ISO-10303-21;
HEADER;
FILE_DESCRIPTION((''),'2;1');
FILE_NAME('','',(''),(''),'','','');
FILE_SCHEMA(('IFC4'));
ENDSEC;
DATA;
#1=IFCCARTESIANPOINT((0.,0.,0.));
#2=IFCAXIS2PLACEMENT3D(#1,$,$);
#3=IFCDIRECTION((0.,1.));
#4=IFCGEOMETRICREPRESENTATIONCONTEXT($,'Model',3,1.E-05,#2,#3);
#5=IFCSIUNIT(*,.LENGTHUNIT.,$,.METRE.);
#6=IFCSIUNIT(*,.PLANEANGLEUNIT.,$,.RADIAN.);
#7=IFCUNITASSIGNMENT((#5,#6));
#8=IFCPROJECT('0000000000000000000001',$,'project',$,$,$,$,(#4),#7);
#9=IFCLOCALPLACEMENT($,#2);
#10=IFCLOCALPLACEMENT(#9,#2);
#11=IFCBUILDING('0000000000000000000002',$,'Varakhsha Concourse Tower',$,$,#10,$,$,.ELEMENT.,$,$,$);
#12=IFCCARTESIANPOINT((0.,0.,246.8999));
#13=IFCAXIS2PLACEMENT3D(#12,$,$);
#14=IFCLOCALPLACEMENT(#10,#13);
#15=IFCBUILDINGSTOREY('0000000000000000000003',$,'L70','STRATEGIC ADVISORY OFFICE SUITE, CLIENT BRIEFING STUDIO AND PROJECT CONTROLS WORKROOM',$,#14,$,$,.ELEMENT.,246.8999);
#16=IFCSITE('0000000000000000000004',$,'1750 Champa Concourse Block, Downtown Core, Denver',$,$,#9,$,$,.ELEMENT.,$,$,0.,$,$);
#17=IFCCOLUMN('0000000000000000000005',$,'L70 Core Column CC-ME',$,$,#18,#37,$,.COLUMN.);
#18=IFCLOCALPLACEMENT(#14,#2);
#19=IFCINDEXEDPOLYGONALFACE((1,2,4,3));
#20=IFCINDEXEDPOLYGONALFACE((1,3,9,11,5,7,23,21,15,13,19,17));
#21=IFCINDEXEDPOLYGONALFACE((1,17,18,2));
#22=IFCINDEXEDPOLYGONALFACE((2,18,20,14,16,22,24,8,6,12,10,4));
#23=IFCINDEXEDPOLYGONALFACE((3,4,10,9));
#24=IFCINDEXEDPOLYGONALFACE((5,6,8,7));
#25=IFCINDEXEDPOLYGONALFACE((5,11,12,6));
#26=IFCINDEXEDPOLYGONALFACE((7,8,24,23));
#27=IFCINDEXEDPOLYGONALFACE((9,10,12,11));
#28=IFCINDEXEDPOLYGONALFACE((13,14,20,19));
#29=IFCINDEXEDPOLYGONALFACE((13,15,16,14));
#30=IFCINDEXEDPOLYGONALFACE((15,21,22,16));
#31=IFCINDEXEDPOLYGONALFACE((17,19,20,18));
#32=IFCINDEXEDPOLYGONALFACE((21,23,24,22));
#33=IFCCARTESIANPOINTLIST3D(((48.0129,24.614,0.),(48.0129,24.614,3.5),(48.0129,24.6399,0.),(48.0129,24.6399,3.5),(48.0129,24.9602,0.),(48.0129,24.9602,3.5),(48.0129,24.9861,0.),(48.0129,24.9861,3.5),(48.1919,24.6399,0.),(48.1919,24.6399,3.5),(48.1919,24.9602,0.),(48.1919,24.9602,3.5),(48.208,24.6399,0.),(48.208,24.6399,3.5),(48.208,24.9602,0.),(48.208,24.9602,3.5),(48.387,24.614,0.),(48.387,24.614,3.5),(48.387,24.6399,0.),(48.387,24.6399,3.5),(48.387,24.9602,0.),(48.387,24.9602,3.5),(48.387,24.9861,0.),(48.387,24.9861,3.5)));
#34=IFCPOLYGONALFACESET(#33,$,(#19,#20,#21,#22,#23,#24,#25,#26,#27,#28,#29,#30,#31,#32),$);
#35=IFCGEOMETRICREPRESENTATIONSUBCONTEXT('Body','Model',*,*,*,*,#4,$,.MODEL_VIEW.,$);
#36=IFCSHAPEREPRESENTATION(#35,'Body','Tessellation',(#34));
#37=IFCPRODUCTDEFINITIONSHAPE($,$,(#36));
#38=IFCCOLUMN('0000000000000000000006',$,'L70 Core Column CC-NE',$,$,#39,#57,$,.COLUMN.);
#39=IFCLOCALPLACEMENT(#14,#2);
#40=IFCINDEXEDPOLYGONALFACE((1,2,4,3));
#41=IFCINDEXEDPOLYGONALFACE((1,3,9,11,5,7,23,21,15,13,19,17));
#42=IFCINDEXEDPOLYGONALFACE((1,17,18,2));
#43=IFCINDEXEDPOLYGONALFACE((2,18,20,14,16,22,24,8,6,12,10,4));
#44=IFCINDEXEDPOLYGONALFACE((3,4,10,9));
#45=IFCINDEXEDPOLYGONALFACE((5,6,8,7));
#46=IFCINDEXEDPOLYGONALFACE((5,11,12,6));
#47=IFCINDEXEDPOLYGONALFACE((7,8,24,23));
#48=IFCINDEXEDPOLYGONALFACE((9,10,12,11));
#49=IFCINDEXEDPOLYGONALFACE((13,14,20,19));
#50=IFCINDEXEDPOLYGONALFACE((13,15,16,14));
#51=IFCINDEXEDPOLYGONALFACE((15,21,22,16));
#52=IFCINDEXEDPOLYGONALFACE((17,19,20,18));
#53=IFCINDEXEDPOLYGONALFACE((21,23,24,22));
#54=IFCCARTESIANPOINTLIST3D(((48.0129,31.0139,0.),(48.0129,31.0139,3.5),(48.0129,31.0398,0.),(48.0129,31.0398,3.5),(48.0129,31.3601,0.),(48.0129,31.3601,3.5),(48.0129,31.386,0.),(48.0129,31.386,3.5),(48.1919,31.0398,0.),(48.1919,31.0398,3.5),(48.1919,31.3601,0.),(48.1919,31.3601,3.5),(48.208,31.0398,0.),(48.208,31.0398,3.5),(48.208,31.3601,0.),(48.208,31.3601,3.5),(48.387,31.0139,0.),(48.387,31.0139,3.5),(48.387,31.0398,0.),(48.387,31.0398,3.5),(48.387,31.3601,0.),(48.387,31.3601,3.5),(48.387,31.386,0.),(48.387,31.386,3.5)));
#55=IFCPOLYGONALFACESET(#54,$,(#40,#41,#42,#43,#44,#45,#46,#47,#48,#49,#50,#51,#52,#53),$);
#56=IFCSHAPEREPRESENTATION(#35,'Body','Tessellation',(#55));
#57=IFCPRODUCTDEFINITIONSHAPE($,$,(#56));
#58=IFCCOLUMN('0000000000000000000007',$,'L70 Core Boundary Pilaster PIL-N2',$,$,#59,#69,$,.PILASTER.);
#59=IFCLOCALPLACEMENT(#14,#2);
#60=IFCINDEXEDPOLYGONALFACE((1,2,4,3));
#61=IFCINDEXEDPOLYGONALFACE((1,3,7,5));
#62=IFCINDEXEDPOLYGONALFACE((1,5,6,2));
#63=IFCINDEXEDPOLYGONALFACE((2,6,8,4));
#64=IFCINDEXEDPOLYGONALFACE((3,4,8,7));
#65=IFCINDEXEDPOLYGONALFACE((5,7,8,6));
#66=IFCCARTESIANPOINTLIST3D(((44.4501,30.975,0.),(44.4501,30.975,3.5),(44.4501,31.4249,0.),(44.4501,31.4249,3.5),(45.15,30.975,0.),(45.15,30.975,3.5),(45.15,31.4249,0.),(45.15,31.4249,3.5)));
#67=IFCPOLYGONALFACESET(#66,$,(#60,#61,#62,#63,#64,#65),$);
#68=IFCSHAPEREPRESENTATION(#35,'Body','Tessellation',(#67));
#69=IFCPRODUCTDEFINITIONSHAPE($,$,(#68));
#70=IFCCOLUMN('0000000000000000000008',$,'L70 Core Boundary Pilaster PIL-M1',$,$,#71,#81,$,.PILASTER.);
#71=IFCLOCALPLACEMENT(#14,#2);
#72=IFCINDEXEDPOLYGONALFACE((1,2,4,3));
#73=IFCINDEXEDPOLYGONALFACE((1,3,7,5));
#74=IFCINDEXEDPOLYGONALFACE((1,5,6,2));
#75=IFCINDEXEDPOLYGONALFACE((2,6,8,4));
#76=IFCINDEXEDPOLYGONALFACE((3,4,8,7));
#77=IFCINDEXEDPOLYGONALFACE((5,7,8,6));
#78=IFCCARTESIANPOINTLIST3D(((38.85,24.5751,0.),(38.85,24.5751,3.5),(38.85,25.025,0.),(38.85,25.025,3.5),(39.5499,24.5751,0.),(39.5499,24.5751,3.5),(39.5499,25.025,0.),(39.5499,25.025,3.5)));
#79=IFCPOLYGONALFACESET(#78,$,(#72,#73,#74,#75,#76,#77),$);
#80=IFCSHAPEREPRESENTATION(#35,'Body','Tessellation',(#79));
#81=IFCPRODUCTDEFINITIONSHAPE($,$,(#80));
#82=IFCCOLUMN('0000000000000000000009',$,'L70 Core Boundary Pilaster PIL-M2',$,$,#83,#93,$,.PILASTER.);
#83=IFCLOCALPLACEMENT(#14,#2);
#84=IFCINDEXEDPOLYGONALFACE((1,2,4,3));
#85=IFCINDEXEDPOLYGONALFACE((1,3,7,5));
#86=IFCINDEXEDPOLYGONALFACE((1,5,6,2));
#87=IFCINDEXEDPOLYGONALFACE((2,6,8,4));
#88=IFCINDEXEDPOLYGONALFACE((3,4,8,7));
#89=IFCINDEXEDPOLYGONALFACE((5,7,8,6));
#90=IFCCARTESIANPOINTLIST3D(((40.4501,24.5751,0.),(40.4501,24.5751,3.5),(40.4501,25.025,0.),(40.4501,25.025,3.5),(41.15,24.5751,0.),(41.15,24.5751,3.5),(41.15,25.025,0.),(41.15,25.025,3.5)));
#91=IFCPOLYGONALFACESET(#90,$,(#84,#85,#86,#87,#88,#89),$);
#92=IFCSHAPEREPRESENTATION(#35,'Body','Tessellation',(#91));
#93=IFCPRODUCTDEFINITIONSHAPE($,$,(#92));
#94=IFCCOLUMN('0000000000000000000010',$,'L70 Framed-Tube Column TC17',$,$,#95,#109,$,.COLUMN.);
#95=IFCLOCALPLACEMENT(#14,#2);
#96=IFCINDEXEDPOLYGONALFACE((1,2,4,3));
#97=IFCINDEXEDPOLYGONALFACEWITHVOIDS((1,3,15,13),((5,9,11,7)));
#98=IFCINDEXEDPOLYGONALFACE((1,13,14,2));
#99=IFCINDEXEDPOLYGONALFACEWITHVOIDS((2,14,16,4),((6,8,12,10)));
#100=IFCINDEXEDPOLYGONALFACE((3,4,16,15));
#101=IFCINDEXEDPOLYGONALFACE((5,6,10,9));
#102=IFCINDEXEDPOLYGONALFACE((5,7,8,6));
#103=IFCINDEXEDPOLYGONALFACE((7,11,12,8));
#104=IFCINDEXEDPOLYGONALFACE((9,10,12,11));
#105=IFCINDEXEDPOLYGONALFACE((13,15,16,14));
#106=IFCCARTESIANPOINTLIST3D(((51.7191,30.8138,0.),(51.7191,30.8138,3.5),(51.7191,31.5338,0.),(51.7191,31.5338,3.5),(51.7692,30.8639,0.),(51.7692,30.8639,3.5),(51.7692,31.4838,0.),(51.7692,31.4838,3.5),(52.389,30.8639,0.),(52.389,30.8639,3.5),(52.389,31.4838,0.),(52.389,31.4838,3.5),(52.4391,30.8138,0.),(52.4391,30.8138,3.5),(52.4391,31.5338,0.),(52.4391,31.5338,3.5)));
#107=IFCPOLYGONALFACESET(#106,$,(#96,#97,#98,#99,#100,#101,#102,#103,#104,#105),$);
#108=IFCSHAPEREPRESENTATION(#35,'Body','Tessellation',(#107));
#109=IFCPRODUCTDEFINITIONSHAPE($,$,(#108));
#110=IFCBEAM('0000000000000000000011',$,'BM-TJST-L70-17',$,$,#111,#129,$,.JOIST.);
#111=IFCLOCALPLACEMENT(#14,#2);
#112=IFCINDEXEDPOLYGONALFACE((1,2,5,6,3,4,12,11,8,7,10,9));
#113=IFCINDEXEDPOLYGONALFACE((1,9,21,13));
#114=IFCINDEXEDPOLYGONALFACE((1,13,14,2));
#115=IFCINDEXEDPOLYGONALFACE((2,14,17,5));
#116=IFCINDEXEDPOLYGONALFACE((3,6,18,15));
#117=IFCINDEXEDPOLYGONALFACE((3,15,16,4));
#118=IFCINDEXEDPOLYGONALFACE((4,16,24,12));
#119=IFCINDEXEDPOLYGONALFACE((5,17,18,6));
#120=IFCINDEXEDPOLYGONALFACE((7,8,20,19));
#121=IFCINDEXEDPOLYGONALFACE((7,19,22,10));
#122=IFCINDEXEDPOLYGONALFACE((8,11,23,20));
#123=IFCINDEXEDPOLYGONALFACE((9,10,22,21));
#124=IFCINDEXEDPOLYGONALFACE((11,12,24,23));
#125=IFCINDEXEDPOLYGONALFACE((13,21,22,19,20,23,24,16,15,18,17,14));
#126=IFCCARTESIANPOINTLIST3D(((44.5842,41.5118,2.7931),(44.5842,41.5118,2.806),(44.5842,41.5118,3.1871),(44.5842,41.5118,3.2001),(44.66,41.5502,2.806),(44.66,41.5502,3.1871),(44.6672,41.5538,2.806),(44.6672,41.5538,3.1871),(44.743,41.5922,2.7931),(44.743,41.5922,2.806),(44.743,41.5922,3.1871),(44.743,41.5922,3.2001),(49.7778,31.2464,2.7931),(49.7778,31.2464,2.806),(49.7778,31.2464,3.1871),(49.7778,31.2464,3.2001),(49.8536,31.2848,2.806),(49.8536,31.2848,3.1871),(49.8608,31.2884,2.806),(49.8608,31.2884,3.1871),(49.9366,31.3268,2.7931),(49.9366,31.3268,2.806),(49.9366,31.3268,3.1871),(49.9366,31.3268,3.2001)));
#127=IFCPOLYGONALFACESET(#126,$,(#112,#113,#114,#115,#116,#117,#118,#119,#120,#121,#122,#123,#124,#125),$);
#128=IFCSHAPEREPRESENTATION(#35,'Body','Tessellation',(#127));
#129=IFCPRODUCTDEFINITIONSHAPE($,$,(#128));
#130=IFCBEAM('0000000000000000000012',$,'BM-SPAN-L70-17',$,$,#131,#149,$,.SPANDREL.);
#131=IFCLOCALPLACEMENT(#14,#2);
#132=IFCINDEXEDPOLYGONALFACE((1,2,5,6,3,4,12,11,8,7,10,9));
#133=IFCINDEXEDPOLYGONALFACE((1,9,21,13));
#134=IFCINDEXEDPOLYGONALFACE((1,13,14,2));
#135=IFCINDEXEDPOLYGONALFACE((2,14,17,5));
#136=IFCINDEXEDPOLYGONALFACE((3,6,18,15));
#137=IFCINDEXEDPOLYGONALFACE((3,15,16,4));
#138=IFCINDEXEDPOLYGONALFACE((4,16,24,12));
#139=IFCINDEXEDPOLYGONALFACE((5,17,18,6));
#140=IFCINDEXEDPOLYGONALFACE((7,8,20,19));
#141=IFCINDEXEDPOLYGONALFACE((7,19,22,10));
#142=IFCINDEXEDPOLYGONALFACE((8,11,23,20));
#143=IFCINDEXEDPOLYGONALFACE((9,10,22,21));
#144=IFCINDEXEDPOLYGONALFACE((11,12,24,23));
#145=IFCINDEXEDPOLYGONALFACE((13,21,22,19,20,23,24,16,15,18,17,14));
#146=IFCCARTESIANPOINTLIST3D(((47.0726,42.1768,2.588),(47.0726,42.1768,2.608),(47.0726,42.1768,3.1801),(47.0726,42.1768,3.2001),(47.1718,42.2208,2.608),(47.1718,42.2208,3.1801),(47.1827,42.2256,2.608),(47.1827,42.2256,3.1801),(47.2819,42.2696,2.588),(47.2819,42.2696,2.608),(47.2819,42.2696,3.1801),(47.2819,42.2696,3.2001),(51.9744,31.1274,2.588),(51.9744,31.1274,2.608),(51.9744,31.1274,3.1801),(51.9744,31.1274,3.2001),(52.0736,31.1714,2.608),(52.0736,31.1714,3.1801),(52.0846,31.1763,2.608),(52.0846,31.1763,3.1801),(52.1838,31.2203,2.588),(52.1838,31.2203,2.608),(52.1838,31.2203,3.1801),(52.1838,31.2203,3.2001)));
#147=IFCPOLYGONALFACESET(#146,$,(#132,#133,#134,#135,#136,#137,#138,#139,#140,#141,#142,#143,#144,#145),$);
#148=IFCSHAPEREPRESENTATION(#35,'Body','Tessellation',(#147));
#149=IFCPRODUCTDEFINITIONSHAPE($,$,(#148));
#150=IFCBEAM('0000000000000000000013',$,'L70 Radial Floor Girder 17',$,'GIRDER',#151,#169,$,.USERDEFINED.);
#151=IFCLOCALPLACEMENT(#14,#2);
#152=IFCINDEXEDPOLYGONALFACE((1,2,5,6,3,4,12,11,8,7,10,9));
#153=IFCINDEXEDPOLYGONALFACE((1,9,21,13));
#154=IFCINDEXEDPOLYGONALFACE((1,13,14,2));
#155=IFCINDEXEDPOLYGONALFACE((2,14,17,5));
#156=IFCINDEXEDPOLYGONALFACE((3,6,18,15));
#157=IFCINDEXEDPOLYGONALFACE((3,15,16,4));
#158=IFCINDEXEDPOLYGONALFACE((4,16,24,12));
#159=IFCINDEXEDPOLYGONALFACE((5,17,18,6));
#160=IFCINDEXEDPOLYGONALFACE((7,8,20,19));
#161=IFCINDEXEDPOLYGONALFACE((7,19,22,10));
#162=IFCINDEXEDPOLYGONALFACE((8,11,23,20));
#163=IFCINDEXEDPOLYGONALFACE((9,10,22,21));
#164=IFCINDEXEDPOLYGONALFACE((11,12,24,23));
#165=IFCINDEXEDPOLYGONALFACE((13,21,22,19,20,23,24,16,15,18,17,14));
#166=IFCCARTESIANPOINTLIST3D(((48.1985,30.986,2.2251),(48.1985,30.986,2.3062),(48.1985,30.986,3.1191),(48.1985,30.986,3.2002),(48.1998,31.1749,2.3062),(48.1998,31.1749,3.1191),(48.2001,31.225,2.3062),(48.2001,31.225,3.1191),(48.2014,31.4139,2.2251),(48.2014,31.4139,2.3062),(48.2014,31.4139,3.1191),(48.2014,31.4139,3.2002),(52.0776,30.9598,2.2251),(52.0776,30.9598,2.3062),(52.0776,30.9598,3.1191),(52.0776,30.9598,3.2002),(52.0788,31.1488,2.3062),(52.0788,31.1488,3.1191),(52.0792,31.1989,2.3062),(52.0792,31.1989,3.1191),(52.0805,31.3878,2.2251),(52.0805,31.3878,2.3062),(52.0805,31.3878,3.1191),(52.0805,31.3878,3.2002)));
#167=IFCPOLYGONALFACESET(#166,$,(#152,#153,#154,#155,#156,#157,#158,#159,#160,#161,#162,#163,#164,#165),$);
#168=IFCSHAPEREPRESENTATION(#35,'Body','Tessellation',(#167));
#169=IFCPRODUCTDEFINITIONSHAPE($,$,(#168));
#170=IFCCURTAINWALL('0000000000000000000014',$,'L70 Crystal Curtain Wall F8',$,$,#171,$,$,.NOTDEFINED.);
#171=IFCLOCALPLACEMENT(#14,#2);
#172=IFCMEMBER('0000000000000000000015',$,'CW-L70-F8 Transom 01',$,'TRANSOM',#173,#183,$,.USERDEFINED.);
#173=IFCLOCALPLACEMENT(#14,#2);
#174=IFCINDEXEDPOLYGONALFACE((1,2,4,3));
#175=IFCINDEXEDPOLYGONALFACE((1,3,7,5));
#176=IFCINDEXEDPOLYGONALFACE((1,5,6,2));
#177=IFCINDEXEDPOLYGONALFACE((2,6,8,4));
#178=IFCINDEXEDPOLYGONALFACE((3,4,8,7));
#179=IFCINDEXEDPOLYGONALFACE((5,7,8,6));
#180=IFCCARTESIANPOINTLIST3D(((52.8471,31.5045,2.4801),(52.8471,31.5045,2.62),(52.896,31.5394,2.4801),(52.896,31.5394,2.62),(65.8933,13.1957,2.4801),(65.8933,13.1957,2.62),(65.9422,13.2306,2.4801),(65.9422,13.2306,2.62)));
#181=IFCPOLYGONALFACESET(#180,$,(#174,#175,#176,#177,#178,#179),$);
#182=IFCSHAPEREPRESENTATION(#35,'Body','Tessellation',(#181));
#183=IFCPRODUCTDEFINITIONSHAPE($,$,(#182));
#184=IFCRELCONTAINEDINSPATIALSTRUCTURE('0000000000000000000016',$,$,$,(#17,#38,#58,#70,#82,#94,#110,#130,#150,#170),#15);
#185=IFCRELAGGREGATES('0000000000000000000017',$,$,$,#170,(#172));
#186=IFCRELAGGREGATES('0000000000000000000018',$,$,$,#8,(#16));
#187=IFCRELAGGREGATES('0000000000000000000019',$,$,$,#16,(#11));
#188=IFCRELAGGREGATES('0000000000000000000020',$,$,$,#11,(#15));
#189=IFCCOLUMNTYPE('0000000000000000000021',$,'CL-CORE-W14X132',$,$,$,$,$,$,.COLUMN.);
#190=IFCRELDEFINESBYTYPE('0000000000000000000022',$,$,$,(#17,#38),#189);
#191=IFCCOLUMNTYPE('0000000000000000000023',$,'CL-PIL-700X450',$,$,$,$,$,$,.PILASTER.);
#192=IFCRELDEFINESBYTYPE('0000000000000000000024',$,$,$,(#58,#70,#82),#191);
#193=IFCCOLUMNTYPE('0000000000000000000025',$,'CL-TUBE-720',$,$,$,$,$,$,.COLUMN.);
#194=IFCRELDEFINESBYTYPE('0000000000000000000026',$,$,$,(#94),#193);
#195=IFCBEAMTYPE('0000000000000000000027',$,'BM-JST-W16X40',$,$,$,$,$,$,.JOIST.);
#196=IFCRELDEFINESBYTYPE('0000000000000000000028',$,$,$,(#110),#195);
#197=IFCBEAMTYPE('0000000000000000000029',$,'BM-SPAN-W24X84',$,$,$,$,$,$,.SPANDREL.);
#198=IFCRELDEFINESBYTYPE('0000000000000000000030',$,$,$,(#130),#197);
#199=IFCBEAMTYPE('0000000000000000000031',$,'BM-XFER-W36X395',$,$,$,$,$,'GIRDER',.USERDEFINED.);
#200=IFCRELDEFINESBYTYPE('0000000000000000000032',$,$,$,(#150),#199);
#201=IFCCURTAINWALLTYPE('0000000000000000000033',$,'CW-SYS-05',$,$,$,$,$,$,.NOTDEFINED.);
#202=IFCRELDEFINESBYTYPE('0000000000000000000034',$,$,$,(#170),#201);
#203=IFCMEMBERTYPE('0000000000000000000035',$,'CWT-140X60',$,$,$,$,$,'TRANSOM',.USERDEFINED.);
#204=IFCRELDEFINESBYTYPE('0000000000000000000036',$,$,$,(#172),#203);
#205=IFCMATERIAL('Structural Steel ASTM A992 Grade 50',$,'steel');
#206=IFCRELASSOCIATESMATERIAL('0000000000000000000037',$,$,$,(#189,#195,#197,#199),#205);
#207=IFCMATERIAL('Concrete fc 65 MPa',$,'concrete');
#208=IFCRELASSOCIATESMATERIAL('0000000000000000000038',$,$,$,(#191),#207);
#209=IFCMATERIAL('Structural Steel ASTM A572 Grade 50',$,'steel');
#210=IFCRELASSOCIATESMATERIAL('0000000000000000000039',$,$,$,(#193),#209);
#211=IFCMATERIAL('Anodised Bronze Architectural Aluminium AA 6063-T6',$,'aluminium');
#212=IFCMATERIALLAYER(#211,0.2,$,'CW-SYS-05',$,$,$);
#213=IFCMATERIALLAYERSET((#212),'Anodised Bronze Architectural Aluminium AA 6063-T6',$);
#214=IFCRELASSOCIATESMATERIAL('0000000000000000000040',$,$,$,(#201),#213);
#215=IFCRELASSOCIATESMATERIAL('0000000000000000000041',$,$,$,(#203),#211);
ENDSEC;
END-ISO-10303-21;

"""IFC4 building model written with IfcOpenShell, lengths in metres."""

from ifc_helpers import new_model, si_unit, direction, frame, origin, origin_2d, place, context, subcontext, project, spatial, rectangle, hollow_rectangle, i_section, extrude, source, transform, mapped, material, layer, layer_set, material_profile, profile_set, type_object, type_shapes, element, aggregate, save


model = new_model("IFC4")

# Units and contexts
model_context = context("Model", 3, precision=1e-05, world=origin(), true_north=direction((0.0, 1.0)))
body_context = subcontext(model_context, "Body", "Model", "MODEL_VIEW")
ifc_project = project(units=[si_unit("LENGTHUNIT", "METRE"), si_unit("PLANEANGLEUNIT", "RADIAN")], contexts=[model_context])

# Site, building, storey
site_placement = place(None, origin())
site = spatial("IfcSite", under=ifc_project, at=site_placement, Name="1750 Champa Concourse Block, Downtown Core, Denver", CompositionType="ELEMENT", RefElevation=0.0)
building_placement = place(site_placement, origin())
building = spatial("IfcBuilding", under=site, at=building_placement, Name="Varakhsha Concourse Tower", CompositionType="ELEMENT")
storey_placement = place(building_placement, frame((0.0, 0.0, 246.8999)))
storey = spatial("IfcBuildingStorey", under=building, at=storey_placement, Name="L70", Description="STRATEGIC ADVISORY OFFICE SUITE, CLIENT BRIEFING STUDIO AND PROJECT CONTROLS WORKROOM", CompositionType="ELEMENT", Elevation=246.8999)

# Columns
ifc_material_1 = material(Name="Structural Steel ASTM A992 Grade 50", Category="steel")
ifc_material_profile_1 = material_profile(ifc_material_1, i_section(OverallWidth=0.374, OverallDepth=0.3721, WebThickness=0.0161, FlangeThickness=0.0259, at=origin_2d()), Name="W14X132")
ifc_profile_set_1 = profile_set([ifc_material_profile_1], Name="Structural Steel ASTM A992 Grade 50")
column_type_1 = type_object("IfcColumnType", Name="CL-CORE-W14X132", PredefinedType="COLUMN", material=ifc_profile_set_1)
for number, where, z_axis, x_axis, name in (
    (1, (48.2, 24.8, 0.0), (0.0, 0.0, 1.0), (1.0, 0.0, 0.0), "L70 Core Column CC-ME"),
    (2, (48.2, 31.2, 0.0), (0.0, 0.0, 1.0), (1.0, 0.0, 0.0), "L70 Core Column CC-NE"),
):
    element("IfcColumn", number, at=place(storey_placement, frame(where, z_axis=z_axis, x_axis=x_axis)), inside=storey, type_object=column_type_1, Name=name, PredefinedType="COLUMN", context=body_context, shape_type="SweptSolid", body=[
        extrude(i_section(OverallWidth=0.374, OverallDepth=0.3721, WebThickness=0.0161, FlangeThickness=0.0259, at=origin_2d()), origin(), (0.0, 0.0, 1.0), 3.5),
    ])
ifc_material_2 = material(Name="Concrete fc 65 MPa", Category="concrete")
ifc_material_profile_2 = material_profile(ifc_material_2, rectangle(XDim=0.7, YDim=0.45, at=origin_2d()), Name="RC 700x450")
ifc_profile_set_2 = profile_set([ifc_material_profile_2], Name="Concrete fc 65 MPa")
column_type_2 = type_object("IfcColumnType", Name="CL-PIL-700X450", PredefinedType="PILASTER", material=ifc_profile_set_2)
for number, where, z_axis, x_axis, name in (
    (3, (44.8, 31.2, 0.0), (0.0, 0.0, 1.0), (1.0, 0.0, 0.0), "L70 Core Boundary Pilaster PIL-N2"),
    (4, (39.2, 24.8, 0.0), (0.0, 0.0, 1.0), (1.0, 0.0, 0.0), "L70 Core Boundary Pilaster PIL-M1"),
    (5, (40.8, 24.8, 0.0), (0.0, 0.0, 1.0), (1.0, 0.0, 0.0), "L70 Core Boundary Pilaster PIL-M2"),
):
    element("IfcColumn", number, at=place(storey_placement, frame(where, z_axis=z_axis, x_axis=x_axis)), inside=storey, type_object=column_type_2, Name=name, PredefinedType="PILASTER", context=body_context, shape_type="SweptSolid", body=[
        extrude(rectangle(XDim=0.7, YDim=0.45, at=origin_2d()), origin(), (0.0, 0.0, 1.0), 3.5),
    ])
ifc_material_3 = material(Name="Structural Steel ASTM A572 Grade 50", Category="steel")
ifc_material_profile_3 = material_profile(ifc_material_3, hollow_rectangle(XDim=0.72, YDim=0.72, WallThickness=0.05, at=origin_2d()), Name="BOX 720x720x50")
ifc_profile_set_3 = profile_set([ifc_material_profile_3], Name="Structural Steel ASTM A572 Grade 50")
column_type_3 = type_object("IfcColumnType", Name="CL-TUBE-720", PredefinedType="COLUMN", material=ifc_profile_set_3)
column_placement = place(storey_placement, frame((52.0791, 31.1738, 0.0), z_axis=(0.0, 0.0, 1.0), x_axis=(1.0, 0.0, 0.0)))
element("IfcColumn", 6, at=column_placement, inside=storey, type_object=column_type_3, Name="L70 Framed-Tube Column TC17", PredefinedType="COLUMN", context=body_context, shape_type="SweptSolid", body=[
    extrude(hollow_rectangle(XDim=0.72, YDim=0.72, WallThickness=0.05, at=origin_2d()), origin(), (0.0, 0.0, 1.0), 3.5),
])

# Beams
ifc_material_profile_4 = material_profile(ifc_material_1, i_section(OverallWidth=0.178, OverallDepth=0.407, WebThickness=0.0081, FlangeThickness=0.0129, at=origin_2d()), Name="W16X40")
ifc_profile_set_4 = profile_set([ifc_material_profile_4], Name="Structural Steel ASTM A992 Grade 50")
beam_type_1 = type_object("IfcBeamType", Name="BM-JST-W16X40", PredefinedType="JOIST", material=ifc_profile_set_4)
beam_1_placement = place(storey_placement, frame((49.8572, 31.2866, 2.9966), z_axis=(-0.451444, 0.892299, 0.0), x_axis=(-0.892299, -0.451444, 0.0)))
element("IfcBeam", 7, at=beam_1_placement, inside=storey, type_object=beam_type_1, Name="BM-TJST-L70-17", PredefinedType="JOIST", context=body_context, shape_type="SweptSolid", body=[
    extrude(i_section(OverallWidth=0.178, OverallDepth=0.407, WebThickness=0.0081, FlangeThickness=0.0129, at=origin_2d()), origin(), (0.0, 0.0, 1.0), 11.5044),
])
ifc_material_profile_5 = material_profile(ifc_material_1, i_section(OverallWidth=0.229, OverallDepth=0.6121, WebThickness=0.012, FlangeThickness=0.02, at=origin_2d()), Name="W24X84")
ifc_profile_set_5 = profile_set([ifc_material_profile_5], Name="Structural Steel ASTM A992 Grade 50")
beam_type_2 = type_object("IfcBeamType", Name="BM-SPAN-W24X84", PredefinedType="SPANDREL", material=ifc_profile_set_5)
beam_2_placement = place(storey_placement, frame((52.0791, 31.1738, 2.894), z_axis=(-0.40552, 0.914086, 0.0), x_axis=(-0.914086, -0.40552, 0.0)))
element("IfcBeam", 8, at=beam_2_placement, inside=storey, type_object=beam_type_2, Name="BM-SPAN-L70-17", PredefinedType="SPANDREL", context=body_context, shape_type="SweptSolid", body=[
    extrude(i_section(OverallWidth=0.229, OverallDepth=0.6121, WebThickness=0.012, FlangeThickness=0.02, at=origin_2d()), origin(), (0.0, 0.0, 1.0), 12.0879),
])
ifc_material_profile_6 = material_profile(ifc_material_1, i_section(OverallWidth=0.428, OverallDepth=0.9751, WebThickness=0.05, FlangeThickness=0.0811, at=origin_2d()), Name="W36X395")
ifc_profile_set_6 = profile_set([ifc_material_profile_6], Name="Structural Steel ASTM A992 Grade 50")
beam_type_3 = type_object("IfcBeamType", Name="BM-XFER-W36X395", ElementType="GIRDER", PredefinedType="USERDEFINED", material=ifc_profile_set_6)
beam_3_placement = place(storey_placement, frame((48.2, 31.2, 2.7126), z_axis=(0.999977, -0.006734, 0.0), x_axis=(0.006734, 0.999977, 0.0)))
element("IfcBeam", 9, at=beam_3_placement, inside=storey, type_object=beam_type_3, Name="L70 Radial Floor Girder 17", ObjectType="GIRDER", PredefinedType="USERDEFINED", context=body_context, shape_type="SweptSolid", body=[
    extrude(i_section(OverallWidth=0.428, OverallDepth=0.9751, WebThickness=0.05, FlangeThickness=0.0811, at=origin_2d()), origin(), (0.0, 0.0, 1.0), 3.8792),
])

# Curtain wall, member
ifc_material_4 = material(Name="Anodised Bronze Architectural Aluminium AA 6063-T6", Category="aluminium")
ifc_layer_1 = layer(ifc_material_4, 0.2, Name="CW-SYS-05")
ifc_layer_set_1 = layer_set([ifc_layer_1], Name="Anodised Bronze Architectural Aluminium AA 6063-T6")
curtain_wall_type = type_object("IfcCurtainWallType", Name="CW-SYS-05", PredefinedType="NOTDEFINED", material=ifc_layer_set_1)
curtain_wall_1_placement = place(storey_placement, origin())
curtain_wall_1 = element("IfcCurtainWall", 10, at=curtain_wall_1_placement, inside=storey, type_object=curtain_wall_type, Name="L70 Crystal Curtain Wall F8", PredefinedType="NOTDEFINED")
ifc_material_profile_7 = material_profile(ifc_material_4, rectangle(XDim=0.0601, YDim=0.1399, at=origin_2d()), Name="CWT-140X60")
ifc_profile_set_7 = profile_set([ifc_material_profile_7], Name="Anodised Bronze Architectural Aluminium AA 6063-T6")
member_type_1 = type_object("IfcMemberType", Name="CWT-140X60", ElementType="TRANSOM", PredefinedType="USERDEFINED", material=ifc_profile_set_7)
shared_shape_1 = source(origin(), body_context, "Body", "SweptSolid", [
    extrude(rectangle(XDim=0.0601, YDim=0.1399, at=origin_2d()), origin(), (0.0, 0.0, 1.0), 22.4814),
])
type_shapes(member_type_1, [shared_shape_1])
member_1_placement = place(storey_placement, frame((52.8716, 31.522, 2.55), z_axis=(0.580307, -0.814398, 0.0), x_axis=(0.814398, 0.580307, 0.0)))
member_1 = element("IfcMember", 11, at=member_1_placement, type_object=member_type_1, Name="CW-L70-F8 Transom 01", ObjectType="TRANSOM", PredefinedType="USERDEFINED", context=body_context, shape_type="MappedRepresentation", body=[
    mapped(shared_shape_1, transform((0.0, 0.0, 0.0), scale=1.0)),
])

aggregate(curtain_wall_1, [member_1])

save(model, "model.ifc")
